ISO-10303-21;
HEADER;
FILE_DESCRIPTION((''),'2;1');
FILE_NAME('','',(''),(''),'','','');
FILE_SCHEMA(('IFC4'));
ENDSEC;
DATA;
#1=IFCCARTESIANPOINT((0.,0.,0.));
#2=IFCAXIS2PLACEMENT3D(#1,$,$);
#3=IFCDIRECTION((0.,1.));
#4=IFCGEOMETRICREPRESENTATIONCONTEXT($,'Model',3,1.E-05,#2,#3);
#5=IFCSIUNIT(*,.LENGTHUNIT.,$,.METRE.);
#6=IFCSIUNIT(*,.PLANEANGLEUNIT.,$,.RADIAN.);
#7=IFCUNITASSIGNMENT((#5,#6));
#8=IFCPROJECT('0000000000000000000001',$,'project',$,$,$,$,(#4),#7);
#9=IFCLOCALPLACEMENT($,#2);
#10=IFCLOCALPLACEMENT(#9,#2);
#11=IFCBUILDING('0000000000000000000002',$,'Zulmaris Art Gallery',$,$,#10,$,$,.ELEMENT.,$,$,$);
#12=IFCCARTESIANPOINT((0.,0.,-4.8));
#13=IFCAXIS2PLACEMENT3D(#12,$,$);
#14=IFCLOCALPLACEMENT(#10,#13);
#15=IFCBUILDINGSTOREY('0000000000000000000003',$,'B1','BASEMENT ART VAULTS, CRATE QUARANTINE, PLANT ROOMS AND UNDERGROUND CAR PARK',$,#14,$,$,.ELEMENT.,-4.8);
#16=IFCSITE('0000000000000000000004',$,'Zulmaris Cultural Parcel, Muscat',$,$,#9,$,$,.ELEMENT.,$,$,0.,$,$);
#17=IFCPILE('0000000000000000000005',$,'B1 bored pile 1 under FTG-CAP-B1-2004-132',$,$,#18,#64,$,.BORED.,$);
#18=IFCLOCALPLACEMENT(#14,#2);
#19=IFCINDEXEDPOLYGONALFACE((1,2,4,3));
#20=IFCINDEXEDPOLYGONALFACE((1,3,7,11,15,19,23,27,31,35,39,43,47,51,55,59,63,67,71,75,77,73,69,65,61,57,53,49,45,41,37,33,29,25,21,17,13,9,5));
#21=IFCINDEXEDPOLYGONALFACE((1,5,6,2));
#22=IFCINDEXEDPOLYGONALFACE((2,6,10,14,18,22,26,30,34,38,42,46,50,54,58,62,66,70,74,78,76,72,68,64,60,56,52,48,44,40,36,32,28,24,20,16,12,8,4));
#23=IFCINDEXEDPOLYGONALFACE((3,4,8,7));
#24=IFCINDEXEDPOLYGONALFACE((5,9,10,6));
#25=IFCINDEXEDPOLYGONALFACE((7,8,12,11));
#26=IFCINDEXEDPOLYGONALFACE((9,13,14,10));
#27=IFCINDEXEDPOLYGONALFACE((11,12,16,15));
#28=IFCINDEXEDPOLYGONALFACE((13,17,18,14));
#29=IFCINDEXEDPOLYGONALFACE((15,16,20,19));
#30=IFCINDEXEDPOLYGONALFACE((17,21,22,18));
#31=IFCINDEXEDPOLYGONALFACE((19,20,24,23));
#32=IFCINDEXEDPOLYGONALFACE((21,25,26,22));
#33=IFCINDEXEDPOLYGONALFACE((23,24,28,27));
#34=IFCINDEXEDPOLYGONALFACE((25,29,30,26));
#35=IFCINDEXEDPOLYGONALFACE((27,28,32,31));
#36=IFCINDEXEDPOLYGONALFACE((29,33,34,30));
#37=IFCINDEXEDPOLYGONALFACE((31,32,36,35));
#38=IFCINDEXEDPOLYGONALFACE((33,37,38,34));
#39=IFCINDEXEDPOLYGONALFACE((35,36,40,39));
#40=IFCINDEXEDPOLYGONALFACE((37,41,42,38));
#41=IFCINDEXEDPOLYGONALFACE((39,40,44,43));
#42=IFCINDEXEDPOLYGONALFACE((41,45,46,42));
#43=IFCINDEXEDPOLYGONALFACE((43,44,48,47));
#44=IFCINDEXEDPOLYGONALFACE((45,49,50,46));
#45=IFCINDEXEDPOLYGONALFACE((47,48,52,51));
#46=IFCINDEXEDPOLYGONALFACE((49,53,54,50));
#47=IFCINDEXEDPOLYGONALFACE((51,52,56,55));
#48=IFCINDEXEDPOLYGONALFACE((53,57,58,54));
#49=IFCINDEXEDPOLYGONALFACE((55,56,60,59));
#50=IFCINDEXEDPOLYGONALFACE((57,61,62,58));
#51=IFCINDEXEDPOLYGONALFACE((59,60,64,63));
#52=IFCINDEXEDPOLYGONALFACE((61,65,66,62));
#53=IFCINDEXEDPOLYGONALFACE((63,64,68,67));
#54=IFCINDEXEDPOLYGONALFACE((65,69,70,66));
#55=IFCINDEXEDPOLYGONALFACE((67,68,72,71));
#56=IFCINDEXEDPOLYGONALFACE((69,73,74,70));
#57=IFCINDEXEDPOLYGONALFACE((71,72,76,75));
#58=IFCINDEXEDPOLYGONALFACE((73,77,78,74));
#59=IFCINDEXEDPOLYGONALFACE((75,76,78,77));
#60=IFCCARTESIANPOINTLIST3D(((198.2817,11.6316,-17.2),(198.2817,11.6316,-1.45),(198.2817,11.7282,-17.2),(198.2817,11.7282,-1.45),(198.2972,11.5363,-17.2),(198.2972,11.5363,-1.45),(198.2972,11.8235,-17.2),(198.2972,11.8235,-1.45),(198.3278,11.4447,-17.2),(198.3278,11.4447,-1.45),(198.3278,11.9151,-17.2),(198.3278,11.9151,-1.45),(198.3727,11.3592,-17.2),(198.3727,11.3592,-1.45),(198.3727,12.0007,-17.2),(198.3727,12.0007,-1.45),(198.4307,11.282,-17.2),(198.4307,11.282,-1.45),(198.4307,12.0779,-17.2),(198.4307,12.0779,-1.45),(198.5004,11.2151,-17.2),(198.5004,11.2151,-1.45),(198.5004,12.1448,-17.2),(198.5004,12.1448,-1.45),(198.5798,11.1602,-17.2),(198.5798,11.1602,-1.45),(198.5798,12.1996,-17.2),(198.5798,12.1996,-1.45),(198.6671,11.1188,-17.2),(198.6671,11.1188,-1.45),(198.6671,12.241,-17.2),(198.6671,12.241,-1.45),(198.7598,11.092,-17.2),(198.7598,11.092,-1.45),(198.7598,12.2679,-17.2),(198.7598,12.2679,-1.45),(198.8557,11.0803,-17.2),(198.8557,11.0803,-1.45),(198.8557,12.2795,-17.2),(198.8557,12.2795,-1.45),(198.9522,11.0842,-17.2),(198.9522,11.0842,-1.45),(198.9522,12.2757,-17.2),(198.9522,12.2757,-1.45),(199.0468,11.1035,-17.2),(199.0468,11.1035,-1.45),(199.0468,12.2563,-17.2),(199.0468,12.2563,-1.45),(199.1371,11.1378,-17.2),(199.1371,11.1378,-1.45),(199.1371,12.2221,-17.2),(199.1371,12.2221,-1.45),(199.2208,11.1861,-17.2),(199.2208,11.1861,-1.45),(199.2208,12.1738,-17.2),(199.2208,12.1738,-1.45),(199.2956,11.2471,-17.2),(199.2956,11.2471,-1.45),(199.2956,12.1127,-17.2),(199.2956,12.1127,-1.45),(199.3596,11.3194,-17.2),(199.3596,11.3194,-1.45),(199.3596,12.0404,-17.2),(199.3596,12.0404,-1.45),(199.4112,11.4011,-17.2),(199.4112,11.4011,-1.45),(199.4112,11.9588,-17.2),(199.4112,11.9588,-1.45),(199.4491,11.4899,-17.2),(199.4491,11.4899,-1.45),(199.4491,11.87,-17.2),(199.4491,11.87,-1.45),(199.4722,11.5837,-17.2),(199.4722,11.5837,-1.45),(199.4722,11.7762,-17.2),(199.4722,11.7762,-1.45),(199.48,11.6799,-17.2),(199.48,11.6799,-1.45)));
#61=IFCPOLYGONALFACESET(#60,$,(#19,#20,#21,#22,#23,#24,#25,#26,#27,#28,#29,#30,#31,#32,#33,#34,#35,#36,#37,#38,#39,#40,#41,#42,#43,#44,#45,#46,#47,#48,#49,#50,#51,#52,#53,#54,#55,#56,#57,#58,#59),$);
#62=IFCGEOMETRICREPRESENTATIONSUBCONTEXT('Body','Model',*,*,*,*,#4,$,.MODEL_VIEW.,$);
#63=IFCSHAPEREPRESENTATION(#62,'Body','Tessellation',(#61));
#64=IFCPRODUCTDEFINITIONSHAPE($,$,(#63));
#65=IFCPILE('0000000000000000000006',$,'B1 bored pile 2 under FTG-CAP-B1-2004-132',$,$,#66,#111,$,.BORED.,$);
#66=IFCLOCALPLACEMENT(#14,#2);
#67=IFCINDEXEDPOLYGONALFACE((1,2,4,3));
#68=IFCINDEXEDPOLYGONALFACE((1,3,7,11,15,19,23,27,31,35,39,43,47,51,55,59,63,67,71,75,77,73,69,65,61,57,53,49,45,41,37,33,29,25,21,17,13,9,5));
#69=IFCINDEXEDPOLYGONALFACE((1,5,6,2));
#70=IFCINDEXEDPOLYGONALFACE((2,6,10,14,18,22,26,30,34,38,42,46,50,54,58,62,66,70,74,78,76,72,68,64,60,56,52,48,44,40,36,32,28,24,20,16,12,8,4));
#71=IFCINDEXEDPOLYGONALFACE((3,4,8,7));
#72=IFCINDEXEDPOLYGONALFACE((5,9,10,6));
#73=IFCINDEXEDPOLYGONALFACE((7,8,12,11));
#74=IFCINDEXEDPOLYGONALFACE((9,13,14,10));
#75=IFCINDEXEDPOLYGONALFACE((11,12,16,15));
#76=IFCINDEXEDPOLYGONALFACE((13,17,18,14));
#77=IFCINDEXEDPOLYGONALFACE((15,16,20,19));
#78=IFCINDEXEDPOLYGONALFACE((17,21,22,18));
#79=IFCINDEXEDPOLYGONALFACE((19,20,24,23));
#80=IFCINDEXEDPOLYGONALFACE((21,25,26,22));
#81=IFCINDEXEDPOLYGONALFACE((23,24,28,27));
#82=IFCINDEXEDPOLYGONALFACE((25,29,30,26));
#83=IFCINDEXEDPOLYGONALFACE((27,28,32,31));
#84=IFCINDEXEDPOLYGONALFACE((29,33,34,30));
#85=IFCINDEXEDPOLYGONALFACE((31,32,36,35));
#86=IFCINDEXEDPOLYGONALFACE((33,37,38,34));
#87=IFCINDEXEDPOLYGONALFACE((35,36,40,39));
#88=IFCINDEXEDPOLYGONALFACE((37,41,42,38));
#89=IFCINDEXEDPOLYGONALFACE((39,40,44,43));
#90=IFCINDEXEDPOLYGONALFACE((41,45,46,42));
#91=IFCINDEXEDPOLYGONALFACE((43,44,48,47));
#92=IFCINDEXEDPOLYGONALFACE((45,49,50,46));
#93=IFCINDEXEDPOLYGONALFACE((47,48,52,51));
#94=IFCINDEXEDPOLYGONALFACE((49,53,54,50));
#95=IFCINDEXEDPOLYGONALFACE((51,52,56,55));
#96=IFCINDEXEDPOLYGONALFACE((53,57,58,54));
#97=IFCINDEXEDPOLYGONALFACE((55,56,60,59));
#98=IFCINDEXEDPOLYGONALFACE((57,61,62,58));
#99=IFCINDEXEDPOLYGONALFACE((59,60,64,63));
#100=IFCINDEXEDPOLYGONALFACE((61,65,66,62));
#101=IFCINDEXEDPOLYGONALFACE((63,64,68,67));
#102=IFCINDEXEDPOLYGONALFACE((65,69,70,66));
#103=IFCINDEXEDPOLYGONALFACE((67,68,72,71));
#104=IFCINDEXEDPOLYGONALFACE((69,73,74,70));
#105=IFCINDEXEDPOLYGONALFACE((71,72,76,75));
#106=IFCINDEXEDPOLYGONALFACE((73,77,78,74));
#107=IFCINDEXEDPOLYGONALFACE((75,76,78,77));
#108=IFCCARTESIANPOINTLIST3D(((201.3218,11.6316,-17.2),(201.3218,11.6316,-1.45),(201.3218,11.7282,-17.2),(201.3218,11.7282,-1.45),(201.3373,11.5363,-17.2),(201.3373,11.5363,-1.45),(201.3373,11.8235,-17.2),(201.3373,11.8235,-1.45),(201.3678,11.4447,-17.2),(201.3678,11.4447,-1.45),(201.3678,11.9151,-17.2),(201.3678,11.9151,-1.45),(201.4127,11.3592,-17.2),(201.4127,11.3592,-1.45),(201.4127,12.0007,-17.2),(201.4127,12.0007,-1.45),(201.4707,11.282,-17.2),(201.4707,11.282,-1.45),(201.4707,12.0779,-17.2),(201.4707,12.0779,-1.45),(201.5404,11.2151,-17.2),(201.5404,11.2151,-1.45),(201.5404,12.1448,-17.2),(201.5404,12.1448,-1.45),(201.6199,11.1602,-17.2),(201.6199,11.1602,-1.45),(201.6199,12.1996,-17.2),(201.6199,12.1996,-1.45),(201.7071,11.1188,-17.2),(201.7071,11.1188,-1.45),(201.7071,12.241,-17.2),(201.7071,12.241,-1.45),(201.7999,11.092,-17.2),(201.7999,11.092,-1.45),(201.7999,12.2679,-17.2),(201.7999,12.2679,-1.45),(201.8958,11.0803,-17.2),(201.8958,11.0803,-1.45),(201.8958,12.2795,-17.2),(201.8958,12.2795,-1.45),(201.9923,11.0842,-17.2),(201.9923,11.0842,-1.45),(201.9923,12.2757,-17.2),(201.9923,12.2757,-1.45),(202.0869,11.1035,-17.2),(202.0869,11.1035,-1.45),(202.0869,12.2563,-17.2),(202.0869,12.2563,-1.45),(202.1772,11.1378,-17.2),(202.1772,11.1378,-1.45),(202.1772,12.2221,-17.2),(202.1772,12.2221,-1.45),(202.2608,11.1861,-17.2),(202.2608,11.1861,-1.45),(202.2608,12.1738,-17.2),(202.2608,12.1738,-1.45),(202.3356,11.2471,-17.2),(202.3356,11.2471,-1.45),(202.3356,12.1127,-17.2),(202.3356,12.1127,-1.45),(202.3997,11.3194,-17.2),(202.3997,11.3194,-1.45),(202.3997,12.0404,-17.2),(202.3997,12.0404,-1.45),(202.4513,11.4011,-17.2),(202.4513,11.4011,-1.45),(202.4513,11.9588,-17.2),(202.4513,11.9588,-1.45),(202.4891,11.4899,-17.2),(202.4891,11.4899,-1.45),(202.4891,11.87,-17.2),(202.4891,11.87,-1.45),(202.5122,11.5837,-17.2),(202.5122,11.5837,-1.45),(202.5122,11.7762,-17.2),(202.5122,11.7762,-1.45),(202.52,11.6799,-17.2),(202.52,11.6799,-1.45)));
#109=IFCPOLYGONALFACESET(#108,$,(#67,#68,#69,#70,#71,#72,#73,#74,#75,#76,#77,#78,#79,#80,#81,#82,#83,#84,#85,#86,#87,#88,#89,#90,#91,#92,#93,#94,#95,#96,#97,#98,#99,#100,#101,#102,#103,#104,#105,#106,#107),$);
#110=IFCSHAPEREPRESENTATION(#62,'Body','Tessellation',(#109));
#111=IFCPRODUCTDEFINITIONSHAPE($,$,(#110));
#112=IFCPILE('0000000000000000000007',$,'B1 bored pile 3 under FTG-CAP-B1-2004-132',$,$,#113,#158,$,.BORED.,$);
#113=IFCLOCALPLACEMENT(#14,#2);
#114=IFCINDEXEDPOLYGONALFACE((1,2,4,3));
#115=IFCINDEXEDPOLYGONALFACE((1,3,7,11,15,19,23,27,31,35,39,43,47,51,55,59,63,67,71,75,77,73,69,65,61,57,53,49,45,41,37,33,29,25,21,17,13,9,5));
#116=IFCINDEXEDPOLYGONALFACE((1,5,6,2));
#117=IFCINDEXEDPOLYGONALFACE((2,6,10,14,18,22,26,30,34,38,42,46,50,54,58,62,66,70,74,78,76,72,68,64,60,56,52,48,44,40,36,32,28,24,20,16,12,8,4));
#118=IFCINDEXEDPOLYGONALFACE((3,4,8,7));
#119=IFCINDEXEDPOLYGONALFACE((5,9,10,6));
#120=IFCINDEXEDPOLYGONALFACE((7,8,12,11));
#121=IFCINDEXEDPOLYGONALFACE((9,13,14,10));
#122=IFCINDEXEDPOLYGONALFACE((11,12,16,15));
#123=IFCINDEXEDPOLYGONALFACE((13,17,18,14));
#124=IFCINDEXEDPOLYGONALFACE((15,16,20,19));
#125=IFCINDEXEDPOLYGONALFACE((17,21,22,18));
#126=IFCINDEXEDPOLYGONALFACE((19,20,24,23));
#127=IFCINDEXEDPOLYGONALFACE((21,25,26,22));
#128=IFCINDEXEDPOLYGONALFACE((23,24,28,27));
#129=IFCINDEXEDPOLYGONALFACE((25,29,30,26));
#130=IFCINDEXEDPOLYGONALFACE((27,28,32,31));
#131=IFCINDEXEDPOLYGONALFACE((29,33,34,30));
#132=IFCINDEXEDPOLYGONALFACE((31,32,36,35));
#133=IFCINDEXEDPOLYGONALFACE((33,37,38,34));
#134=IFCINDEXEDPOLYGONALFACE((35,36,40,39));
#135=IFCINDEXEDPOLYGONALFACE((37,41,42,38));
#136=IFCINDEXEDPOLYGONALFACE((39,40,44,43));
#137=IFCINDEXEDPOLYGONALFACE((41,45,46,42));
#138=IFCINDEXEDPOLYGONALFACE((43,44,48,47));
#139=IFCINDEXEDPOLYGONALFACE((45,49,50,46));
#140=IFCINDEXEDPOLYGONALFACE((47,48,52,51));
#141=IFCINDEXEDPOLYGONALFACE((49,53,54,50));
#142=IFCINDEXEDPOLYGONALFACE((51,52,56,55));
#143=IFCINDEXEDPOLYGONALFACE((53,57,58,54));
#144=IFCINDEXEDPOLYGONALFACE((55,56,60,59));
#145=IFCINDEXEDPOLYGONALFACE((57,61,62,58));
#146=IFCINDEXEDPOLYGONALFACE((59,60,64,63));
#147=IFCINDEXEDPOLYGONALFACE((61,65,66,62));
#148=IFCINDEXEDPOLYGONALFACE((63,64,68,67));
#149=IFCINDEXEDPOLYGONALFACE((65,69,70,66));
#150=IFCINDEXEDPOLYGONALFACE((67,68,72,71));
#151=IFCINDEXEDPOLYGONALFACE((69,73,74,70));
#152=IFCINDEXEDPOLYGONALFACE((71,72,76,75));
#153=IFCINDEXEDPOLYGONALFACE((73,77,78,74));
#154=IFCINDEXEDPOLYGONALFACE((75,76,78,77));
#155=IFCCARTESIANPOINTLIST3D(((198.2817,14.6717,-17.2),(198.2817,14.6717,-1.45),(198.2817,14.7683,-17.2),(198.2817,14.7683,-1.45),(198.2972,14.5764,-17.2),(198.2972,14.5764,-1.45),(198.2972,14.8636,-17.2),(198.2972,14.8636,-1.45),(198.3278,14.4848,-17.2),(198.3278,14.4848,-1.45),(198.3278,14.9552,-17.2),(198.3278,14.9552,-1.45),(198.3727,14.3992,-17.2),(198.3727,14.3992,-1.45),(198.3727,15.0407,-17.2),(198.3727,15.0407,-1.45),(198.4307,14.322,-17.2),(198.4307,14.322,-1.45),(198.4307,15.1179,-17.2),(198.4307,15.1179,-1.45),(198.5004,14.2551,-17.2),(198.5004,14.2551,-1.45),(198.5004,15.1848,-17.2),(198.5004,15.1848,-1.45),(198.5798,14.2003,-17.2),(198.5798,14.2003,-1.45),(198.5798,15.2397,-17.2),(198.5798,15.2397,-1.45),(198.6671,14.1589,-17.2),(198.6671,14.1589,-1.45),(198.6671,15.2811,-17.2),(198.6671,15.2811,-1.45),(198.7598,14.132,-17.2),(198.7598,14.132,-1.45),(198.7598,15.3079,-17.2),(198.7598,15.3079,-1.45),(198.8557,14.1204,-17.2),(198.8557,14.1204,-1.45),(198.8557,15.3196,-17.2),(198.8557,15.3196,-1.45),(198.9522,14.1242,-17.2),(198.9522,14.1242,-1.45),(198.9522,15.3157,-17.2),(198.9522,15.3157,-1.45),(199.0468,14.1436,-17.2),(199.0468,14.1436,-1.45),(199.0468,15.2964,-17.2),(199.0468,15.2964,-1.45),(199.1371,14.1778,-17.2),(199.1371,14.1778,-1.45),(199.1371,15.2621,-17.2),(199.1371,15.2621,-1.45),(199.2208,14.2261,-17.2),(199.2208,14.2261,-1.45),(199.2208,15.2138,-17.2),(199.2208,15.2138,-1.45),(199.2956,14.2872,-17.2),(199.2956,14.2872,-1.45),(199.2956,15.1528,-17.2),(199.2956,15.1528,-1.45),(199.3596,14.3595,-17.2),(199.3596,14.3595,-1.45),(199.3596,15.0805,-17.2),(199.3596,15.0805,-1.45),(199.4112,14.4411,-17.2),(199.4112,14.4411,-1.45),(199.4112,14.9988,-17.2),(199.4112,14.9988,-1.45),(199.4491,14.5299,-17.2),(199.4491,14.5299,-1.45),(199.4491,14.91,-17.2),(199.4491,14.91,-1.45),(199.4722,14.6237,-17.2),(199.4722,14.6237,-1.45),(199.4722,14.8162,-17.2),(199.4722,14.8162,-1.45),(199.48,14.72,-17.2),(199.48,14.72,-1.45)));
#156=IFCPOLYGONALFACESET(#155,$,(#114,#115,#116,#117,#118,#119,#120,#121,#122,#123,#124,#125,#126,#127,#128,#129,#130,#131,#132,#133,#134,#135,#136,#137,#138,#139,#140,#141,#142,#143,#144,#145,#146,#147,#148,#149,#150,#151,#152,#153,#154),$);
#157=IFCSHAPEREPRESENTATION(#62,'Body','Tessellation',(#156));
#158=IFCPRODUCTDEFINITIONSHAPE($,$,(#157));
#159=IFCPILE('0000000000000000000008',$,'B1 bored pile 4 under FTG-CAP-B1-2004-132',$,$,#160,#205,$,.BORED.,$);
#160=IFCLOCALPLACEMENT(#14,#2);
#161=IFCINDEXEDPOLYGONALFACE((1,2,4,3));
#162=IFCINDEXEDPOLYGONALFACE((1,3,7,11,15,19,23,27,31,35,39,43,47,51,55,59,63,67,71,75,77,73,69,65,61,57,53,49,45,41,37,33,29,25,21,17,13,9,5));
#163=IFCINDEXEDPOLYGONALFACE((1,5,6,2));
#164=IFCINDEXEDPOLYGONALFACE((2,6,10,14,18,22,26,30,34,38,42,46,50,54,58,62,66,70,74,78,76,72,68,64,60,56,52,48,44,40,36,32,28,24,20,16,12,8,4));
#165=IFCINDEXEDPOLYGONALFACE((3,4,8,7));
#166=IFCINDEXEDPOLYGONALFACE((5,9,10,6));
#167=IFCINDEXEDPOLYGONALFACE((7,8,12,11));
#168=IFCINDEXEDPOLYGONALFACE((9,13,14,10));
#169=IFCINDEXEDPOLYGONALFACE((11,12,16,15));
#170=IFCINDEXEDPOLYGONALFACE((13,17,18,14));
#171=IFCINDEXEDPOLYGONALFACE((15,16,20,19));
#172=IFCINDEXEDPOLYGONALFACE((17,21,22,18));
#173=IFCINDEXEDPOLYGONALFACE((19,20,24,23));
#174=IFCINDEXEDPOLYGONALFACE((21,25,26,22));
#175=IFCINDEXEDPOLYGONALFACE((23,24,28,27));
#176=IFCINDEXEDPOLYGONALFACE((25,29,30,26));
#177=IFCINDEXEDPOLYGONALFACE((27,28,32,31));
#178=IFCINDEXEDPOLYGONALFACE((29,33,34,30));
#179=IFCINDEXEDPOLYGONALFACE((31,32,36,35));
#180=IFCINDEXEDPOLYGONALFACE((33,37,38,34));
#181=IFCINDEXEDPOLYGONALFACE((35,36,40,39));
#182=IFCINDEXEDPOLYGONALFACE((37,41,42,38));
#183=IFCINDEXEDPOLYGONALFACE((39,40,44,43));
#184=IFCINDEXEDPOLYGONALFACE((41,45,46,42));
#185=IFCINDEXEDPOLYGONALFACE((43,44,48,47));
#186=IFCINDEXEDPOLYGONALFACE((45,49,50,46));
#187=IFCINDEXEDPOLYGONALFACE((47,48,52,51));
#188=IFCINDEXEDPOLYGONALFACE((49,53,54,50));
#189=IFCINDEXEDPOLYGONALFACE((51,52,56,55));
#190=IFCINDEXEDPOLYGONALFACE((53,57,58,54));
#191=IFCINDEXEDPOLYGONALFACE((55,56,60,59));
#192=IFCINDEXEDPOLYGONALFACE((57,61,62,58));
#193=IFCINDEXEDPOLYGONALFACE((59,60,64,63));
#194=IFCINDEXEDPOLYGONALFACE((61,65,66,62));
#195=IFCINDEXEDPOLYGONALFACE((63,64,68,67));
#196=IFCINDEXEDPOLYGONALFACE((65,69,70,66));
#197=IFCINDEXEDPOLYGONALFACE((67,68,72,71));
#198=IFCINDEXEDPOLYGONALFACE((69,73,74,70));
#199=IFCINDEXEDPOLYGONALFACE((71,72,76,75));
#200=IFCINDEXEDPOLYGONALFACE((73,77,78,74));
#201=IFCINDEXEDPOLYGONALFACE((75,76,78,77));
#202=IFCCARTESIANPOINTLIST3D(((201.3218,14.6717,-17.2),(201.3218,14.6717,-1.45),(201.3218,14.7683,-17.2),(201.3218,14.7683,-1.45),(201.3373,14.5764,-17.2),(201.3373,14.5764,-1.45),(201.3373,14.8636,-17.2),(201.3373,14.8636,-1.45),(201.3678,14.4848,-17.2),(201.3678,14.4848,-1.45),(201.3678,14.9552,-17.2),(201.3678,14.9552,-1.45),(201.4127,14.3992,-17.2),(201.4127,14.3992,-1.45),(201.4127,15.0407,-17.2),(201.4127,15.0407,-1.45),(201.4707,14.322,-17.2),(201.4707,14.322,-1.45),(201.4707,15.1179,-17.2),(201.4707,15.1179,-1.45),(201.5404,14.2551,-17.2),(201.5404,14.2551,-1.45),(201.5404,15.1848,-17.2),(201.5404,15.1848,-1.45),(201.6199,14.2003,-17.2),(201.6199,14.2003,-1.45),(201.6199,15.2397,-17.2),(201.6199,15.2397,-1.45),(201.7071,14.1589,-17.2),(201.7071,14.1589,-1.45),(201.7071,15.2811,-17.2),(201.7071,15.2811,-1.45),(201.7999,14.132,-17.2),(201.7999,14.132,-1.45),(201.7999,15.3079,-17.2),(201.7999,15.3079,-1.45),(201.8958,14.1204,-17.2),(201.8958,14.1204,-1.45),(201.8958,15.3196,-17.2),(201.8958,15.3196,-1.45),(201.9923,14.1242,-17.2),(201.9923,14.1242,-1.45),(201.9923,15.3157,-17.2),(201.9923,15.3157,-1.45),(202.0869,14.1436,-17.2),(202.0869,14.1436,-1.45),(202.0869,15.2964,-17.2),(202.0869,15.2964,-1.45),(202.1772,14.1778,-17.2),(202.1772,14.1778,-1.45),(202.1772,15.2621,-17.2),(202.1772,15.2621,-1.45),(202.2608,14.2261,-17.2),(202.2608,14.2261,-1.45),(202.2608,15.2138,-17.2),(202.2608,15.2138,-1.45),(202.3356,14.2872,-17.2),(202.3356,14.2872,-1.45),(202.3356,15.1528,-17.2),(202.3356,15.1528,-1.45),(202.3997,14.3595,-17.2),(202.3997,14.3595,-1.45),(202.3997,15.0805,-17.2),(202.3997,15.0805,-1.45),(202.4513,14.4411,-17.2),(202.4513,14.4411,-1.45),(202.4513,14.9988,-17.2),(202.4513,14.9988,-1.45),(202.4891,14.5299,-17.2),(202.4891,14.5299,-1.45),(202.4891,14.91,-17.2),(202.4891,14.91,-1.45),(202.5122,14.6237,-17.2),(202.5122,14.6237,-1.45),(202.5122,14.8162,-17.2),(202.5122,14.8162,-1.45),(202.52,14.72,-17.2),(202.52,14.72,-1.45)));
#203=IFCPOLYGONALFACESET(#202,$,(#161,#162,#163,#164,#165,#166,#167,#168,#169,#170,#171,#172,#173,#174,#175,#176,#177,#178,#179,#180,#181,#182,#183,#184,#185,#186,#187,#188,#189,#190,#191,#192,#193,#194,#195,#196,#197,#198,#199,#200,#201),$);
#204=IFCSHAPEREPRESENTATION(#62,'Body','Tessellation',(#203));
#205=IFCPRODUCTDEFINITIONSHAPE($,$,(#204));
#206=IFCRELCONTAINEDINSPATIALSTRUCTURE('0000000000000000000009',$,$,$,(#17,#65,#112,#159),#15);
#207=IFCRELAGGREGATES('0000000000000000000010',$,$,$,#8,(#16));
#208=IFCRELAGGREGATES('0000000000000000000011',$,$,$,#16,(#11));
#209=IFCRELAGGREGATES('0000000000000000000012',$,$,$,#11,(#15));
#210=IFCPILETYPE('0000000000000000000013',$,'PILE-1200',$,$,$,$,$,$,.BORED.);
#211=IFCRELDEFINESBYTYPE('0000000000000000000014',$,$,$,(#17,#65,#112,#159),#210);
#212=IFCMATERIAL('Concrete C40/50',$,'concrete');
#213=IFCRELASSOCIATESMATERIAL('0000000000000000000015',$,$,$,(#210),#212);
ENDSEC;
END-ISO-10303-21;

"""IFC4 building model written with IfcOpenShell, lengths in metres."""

from ifc_helpers import new_model, si_unit, direction, frame, origin, origin_2d, place, context, subcontext, project, spatial, circle, extrude, material, material_profile, profile_set, type_object, element, save


model = new_model("IFC4")

# Units and contexts
model_context = context("Model", 3, precision=1e-05, world=origin(), true_north=direction((0.0, 1.0)))
body_context = subcontext(model_context, "Body", "Model", "MODEL_VIEW")
ifc_project = project(units=[si_unit("LENGTHUNIT", "METRE"), si_unit("PLANEANGLEUNIT", "RADIAN")], contexts=[model_context])

# Site, building, storey
site_placement = place(None, origin())
site = spatial("IfcSite", under=ifc_project, at=site_placement, Name="Zulmaris Cultural Parcel, Muscat", CompositionType="ELEMENT", RefElevation=0.0)
building_placement = place(site_placement, origin())
building = spatial("IfcBuilding", under=site, at=building_placement, Name="Zulmaris Art Gallery", CompositionType="ELEMENT")
storey_placement = place(building_placement, frame((0.0, 0.0, -4.8)))
storey = spatial("IfcBuildingStorey", under=building, at=storey_placement, Name="B1", Description="BASEMENT ART VAULTS, CRATE QUARANTINE, PLANT ROOMS AND UNDERGROUND CAR PARK", CompositionType="ELEMENT", Elevation=-4.8)

# Piles
ifc_material_1 = material(Name="Concrete C40/50", Category="concrete")
ifc_material_profile_1 = material_profile(ifc_material_1, circle(Radius=0.6001, at=origin_2d()), Name="PILE DIA 1200")
ifc_profile_set_1 = profile_set([ifc_material_profile_1], Name="Concrete C40/50")
pile_type = type_object("IfcPileType", Name="PILE-1200", PredefinedType="BORED", material=ifc_profile_set_1)
for number, where, z_axis, x_axis, name in (
    (1, (198.8799, 11.6799, -1.45), (0.0, 0.0, -1.0), (1.0, 0.0, 0.0), "B1 bored pile 1 under FTG-CAP-B1-2004-132"),
    (2, (201.9199, 11.6799, -1.45), (0.0, 0.0, -1.0), (1.0, 0.0, 0.0), "B1 bored pile 2 under FTG-CAP-B1-2004-132"),
    (3, (198.8799, 14.72, -1.45), (0.0, 0.0, -1.0), (1.0, 0.0, 0.0), "B1 bored pile 3 under FTG-CAP-B1-2004-132"),
    (4, (201.9199, 14.72, -1.45), (0.0, 0.0, -1.0), (1.0, 0.0, 0.0), "B1 bored pile 4 under FTG-CAP-B1-2004-132"),
):
    element("IfcPile", number, at=place(storey_placement, frame(where, z_axis=z_axis, x_axis=x_axis)), inside=storey, type_object=pile_type, Name=name, PredefinedType="BORED", context=body_context, shape_type="SweptSolid", body=[
        extrude(circle(Radius=0.6001, at=origin_2d()), origin(), (0.0, 0.0, 1.0), 15.75),
    ])

save(model, "model.ifc")
